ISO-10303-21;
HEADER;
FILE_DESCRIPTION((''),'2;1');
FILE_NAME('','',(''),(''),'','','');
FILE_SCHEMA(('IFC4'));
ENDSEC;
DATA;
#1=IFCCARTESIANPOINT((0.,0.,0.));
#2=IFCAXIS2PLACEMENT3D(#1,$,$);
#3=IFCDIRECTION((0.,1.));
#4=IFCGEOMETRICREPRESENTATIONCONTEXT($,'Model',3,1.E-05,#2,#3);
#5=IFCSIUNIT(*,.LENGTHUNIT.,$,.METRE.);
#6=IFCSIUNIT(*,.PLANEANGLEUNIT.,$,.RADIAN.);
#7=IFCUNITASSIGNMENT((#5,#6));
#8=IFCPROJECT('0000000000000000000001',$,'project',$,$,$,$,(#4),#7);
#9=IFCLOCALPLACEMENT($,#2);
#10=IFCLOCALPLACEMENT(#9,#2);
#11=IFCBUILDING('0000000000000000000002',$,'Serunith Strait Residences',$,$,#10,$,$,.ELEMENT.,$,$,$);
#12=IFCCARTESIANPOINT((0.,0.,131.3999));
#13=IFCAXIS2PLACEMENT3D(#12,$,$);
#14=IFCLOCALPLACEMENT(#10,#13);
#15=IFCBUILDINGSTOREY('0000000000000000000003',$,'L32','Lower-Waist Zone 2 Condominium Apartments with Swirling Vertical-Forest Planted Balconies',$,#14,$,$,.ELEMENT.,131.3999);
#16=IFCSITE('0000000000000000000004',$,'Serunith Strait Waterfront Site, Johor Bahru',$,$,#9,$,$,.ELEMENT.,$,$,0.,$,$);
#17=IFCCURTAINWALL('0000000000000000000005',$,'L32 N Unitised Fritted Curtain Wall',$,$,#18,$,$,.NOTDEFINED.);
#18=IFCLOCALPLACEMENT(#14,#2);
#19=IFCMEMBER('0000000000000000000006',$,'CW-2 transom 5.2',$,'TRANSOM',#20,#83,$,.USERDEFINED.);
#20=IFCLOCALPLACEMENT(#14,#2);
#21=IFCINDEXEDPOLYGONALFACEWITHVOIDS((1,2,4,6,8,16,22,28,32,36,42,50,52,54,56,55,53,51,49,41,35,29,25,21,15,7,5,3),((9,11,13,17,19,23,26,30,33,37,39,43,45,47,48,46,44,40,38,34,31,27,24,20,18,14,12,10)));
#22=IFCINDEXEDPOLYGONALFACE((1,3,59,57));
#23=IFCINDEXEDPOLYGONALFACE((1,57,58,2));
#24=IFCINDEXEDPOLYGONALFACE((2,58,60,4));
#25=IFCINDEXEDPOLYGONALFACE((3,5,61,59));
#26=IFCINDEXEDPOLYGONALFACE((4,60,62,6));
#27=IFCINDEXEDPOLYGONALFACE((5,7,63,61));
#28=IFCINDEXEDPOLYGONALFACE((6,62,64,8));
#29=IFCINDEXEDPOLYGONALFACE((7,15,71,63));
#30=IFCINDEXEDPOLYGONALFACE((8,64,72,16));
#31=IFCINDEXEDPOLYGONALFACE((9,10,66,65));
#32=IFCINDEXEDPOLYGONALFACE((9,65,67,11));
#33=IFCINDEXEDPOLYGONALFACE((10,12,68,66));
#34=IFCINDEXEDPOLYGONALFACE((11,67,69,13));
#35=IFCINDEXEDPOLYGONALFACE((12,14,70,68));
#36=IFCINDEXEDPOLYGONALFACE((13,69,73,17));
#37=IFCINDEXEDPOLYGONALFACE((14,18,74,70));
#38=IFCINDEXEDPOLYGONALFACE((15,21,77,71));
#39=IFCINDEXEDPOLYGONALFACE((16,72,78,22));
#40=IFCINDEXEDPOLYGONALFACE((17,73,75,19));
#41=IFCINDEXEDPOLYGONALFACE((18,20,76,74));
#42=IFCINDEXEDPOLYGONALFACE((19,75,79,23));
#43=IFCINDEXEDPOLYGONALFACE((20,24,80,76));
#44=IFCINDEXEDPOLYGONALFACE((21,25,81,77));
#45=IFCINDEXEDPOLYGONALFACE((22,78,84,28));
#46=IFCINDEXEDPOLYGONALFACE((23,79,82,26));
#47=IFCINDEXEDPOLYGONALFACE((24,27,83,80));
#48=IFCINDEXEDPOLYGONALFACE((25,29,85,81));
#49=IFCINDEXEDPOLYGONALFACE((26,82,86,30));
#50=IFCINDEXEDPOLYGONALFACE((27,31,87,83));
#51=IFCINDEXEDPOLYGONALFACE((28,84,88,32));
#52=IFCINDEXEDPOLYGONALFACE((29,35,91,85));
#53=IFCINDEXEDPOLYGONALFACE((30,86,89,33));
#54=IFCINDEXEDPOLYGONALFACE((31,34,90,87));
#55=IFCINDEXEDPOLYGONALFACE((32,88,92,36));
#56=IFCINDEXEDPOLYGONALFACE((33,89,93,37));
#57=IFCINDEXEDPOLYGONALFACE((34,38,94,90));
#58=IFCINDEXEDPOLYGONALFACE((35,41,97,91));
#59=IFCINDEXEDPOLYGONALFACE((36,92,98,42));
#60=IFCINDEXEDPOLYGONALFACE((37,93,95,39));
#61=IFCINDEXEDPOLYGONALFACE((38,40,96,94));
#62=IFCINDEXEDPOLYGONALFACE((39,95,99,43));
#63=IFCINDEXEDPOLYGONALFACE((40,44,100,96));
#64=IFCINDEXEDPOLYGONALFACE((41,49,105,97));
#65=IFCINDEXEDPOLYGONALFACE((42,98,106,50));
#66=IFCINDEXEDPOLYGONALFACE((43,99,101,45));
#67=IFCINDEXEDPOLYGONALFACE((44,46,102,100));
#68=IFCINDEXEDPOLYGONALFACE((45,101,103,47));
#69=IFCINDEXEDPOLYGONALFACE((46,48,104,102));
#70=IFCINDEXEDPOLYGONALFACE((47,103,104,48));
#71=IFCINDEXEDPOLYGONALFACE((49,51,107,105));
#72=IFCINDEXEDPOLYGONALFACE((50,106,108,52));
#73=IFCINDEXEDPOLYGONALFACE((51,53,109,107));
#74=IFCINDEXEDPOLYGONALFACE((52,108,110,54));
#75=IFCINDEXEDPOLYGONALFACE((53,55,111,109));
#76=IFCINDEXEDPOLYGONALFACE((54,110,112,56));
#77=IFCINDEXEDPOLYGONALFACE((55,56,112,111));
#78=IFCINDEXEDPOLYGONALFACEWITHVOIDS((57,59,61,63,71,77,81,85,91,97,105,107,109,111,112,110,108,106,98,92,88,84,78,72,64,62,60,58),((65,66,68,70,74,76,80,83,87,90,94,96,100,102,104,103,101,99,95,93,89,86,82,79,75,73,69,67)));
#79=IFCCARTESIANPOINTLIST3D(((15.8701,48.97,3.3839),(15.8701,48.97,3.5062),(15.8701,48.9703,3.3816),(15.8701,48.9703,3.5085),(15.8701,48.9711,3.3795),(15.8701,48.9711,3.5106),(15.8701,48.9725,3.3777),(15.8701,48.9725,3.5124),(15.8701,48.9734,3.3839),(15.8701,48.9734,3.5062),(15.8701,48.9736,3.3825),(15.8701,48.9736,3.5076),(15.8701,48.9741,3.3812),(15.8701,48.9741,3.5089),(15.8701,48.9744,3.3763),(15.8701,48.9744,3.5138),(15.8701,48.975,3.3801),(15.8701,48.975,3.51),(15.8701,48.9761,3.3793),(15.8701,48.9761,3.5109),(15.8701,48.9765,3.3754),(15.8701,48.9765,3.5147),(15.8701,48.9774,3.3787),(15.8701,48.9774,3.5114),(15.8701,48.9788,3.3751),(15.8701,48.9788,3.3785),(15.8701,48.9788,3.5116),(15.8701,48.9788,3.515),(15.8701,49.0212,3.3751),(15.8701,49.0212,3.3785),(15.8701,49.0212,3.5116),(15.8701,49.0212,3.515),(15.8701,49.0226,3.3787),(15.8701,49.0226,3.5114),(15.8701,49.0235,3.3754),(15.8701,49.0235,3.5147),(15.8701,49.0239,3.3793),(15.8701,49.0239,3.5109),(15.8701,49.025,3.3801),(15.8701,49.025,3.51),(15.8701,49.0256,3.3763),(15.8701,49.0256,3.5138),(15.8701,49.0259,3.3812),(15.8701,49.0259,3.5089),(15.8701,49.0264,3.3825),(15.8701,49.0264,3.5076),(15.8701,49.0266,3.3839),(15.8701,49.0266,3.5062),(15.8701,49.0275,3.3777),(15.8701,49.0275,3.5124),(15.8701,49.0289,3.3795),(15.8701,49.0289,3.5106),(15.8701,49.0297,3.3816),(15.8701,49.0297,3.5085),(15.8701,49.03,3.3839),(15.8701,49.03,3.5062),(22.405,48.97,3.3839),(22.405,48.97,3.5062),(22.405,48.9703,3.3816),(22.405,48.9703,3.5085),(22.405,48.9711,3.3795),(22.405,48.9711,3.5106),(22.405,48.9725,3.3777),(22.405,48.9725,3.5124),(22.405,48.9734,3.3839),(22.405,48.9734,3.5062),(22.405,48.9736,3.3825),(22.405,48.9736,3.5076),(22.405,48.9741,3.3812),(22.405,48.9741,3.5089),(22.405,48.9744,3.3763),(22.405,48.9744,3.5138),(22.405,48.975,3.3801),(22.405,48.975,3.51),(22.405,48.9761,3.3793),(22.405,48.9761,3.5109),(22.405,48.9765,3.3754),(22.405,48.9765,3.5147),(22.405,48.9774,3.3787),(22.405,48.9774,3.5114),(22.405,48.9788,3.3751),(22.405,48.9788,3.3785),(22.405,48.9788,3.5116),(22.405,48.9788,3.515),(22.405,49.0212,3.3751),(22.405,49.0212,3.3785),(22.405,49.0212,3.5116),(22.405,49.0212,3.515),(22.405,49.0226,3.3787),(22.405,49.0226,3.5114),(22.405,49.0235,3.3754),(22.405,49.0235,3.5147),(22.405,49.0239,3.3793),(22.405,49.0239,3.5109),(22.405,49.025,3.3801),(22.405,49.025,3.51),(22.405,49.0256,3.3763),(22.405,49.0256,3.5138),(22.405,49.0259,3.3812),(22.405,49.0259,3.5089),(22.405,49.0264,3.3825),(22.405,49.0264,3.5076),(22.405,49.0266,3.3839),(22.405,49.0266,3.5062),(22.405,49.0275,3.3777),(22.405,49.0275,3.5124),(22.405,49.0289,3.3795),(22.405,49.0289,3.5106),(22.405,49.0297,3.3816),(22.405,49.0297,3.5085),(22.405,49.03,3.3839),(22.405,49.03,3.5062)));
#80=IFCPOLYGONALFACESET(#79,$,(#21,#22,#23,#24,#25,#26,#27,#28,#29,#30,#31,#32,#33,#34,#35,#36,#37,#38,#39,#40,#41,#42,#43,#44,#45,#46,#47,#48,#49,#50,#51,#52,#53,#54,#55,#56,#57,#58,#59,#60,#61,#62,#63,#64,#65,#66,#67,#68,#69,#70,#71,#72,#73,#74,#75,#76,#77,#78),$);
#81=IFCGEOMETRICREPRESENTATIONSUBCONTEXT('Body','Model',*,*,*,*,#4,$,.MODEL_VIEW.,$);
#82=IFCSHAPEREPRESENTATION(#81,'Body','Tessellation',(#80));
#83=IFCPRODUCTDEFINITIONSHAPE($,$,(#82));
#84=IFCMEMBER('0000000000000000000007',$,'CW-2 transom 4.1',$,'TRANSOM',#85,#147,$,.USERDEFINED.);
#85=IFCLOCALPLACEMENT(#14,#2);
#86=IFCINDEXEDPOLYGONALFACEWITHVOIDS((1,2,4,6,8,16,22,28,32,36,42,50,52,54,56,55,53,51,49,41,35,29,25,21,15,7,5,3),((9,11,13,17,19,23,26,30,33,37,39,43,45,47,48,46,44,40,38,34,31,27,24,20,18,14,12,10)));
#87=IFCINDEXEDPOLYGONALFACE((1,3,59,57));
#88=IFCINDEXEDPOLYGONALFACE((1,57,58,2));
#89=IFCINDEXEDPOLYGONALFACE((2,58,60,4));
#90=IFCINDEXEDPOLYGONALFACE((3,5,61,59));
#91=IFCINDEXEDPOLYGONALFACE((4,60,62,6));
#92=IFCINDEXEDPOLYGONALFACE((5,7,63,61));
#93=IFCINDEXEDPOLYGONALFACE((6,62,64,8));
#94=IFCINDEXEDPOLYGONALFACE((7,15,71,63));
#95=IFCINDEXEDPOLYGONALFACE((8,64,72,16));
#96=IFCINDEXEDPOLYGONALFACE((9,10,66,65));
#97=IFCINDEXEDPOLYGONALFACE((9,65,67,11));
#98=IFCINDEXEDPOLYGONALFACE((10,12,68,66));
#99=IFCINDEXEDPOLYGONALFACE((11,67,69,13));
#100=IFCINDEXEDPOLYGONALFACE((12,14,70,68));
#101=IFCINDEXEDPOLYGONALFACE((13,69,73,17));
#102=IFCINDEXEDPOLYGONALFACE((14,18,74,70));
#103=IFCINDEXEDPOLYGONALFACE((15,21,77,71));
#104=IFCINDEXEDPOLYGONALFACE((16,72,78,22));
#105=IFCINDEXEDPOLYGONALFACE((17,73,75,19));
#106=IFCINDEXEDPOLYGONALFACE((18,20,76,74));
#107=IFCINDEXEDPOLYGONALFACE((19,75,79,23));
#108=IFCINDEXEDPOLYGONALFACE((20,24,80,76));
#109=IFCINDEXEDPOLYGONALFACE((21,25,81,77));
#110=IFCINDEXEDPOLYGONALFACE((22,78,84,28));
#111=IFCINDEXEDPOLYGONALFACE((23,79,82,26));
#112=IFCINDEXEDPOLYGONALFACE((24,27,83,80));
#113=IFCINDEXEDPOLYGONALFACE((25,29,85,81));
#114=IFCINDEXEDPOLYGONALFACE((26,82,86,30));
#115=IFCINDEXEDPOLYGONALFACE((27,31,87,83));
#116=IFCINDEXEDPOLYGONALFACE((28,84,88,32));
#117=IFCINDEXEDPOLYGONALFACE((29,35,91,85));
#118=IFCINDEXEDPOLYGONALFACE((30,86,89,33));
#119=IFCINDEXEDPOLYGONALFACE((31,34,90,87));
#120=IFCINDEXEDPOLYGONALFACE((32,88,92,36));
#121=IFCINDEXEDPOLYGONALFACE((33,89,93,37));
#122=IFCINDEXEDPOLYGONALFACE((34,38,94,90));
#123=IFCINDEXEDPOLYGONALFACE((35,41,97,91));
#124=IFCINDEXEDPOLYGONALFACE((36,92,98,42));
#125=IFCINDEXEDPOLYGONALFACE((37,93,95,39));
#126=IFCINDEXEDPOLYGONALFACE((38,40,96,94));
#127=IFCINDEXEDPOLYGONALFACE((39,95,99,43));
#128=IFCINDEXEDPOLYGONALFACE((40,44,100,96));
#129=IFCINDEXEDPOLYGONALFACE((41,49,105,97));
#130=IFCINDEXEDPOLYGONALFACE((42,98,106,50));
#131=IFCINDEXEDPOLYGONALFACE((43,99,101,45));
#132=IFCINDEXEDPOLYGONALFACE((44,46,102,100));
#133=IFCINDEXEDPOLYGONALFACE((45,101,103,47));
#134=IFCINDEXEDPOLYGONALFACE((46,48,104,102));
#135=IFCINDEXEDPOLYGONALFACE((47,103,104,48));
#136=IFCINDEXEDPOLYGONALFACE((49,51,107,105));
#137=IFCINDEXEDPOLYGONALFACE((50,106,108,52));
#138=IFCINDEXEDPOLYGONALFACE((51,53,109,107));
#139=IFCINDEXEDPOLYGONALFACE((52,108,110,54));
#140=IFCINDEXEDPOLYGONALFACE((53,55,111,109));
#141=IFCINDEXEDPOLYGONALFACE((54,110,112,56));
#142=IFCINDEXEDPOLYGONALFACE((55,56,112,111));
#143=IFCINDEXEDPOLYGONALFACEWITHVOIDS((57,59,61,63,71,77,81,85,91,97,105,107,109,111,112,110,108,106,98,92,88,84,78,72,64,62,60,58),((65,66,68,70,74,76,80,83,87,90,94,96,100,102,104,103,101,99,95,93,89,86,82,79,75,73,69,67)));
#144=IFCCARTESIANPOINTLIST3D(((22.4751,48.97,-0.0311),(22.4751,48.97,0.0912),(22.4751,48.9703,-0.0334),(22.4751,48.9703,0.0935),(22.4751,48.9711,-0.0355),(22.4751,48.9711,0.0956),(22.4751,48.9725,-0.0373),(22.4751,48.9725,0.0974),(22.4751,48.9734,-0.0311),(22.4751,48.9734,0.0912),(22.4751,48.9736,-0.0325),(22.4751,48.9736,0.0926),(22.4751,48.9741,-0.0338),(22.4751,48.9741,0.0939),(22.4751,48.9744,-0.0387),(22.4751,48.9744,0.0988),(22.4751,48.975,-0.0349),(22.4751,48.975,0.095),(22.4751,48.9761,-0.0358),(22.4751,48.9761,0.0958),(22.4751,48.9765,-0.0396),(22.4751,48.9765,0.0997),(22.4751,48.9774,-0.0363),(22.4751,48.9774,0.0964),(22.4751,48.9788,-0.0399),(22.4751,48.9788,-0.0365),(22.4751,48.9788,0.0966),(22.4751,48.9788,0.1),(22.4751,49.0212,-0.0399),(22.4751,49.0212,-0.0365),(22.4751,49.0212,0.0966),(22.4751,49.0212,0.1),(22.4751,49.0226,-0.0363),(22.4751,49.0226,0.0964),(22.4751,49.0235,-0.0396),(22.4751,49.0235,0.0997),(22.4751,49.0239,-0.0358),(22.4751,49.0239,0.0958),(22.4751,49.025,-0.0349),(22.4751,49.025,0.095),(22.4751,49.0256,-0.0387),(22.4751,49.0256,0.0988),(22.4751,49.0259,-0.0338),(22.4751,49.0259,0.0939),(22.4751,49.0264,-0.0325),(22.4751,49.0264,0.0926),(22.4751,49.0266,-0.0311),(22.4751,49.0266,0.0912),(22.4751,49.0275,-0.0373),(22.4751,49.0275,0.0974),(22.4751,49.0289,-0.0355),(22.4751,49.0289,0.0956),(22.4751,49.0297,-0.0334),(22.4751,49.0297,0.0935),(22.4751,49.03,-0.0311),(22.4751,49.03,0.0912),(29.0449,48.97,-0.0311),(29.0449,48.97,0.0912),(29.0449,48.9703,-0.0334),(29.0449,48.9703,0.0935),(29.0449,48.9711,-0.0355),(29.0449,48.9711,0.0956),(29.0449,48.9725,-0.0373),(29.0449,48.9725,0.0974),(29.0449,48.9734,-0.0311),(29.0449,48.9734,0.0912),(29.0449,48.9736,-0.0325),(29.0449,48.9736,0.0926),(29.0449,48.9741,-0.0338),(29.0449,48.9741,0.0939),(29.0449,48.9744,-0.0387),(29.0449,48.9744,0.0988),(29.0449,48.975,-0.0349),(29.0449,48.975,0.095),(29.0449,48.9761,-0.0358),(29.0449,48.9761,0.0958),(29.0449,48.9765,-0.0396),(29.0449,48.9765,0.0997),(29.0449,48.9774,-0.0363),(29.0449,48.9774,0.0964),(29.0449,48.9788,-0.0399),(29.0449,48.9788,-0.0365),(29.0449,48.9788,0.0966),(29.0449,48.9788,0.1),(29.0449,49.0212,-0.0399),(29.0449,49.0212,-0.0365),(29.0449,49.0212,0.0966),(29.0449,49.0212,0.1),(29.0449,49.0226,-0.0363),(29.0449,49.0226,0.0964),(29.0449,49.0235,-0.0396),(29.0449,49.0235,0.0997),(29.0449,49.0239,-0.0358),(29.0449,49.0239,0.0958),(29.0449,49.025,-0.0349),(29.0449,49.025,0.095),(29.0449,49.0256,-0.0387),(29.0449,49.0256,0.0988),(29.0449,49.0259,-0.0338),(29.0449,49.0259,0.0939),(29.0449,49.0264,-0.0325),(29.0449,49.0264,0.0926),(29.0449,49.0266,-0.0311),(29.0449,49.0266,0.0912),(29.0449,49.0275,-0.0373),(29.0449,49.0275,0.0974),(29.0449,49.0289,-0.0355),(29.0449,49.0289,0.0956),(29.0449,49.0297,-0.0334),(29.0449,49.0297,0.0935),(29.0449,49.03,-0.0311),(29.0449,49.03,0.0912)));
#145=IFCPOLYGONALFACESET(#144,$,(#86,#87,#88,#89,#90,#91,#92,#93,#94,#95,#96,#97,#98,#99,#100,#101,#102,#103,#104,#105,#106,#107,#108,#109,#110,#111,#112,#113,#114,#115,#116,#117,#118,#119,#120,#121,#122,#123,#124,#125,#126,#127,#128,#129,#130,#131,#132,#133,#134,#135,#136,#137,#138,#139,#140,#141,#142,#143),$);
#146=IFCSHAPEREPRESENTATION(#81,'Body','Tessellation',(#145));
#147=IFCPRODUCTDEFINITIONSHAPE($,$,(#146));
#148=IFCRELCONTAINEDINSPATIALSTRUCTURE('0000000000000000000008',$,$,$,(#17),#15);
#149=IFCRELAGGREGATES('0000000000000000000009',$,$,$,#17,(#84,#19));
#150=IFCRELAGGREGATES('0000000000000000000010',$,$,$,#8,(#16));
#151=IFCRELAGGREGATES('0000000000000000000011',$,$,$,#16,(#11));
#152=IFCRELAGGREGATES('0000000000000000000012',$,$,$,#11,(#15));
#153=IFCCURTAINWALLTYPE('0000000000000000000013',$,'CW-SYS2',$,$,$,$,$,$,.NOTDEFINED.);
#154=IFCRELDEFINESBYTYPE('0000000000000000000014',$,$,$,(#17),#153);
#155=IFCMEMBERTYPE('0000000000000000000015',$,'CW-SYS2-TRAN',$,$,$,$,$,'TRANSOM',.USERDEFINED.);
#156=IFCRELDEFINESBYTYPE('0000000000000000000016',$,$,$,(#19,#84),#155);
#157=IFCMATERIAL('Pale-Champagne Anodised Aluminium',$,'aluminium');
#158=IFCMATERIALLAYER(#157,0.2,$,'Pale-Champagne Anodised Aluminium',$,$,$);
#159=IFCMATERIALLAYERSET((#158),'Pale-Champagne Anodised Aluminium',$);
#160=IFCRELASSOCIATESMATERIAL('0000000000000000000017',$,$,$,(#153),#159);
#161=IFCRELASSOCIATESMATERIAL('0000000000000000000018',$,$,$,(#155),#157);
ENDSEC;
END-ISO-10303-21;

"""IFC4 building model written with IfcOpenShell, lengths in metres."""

from ifc_helpers import new_model, si_unit, direction, frame, origin, origin_2d, place, context, subcontext, project, spatial, hollow_rectangle, extrude, source, transform, mapped, material, layer, layer_set, material_profile, profile_set, type_object, element, aggregate, save


model = new_model("IFC4")

# Units and contexts
model_context = context("Model", 3, precision=1e-05, world=origin(), true_north=direction((0.0, 1.0)))
body_context = subcontext(model_context, "Body", "Model", "MODEL_VIEW")
ifc_project = project(units=[si_unit("LENGTHUNIT", "METRE"), si_unit("PLANEANGLEUNIT", "RADIAN")], contexts=[model_context])

# Site, building, storey
site_placement = place(None, origin())
site = spatial("IfcSite", under=ifc_project, at=site_placement, Name="Serunith Strait Waterfront Site, Johor Bahru", CompositionType="ELEMENT", RefElevation=0.0)
building_placement = place(site_placement, origin())
building = spatial("IfcBuilding", under=site, at=building_placement, Name="Serunith Strait Residences", CompositionType="ELEMENT")
storey_placement = place(building_placement, frame((0.0, 0.0, 131.3999)))
storey = spatial("IfcBuildingStorey", under=building, at=storey_placement, Name="L32", Description="Lower-Waist Zone 2 Condominium Apartments with Swirling Vertical-Forest Planted Balconies", CompositionType="ELEMENT", Elevation=131.3999)

# Curtain wall, members
ifc_material_1 = material(Name="Pale-Champagne Anodised Aluminium", Category="aluminium")
ifc_layer_1 = layer(ifc_material_1, 0.2, Name="Pale-Champagne Anodised Aluminium")
ifc_layer_set_1 = layer_set([ifc_layer_1], Name="Pale-Champagne Anodised Aluminium")
curtain_wall_type = type_object("IfcCurtainWallType", Name="CW-SYS2", PredefinedType="NOTDEFINED", material=ifc_layer_set_1)
curtain_wall_placement = place(storey_placement, origin())
curtain_wall = element("IfcCurtainWall", 1, at=curtain_wall_placement, inside=storey, type_object=curtain_wall_type, Name="L32 N Unitised Fritted Curtain Wall", PredefinedType="NOTDEFINED")
ifc_material_profile_1 = material_profile(ifc_material_1, hollow_rectangle(XDim=0.0601, YDim=0.1399, WallThickness=0.0034, InnerFilletRadius=0.0054, OuterFilletRadius=0.0088, at=origin_2d()), Name="ALU 140x60x3.5")
ifc_profile_set_1 = profile_set([ifc_material_profile_1], Name="Pale-Champagne Anodised Aluminium")
member_type_1 = type_object("IfcMemberType", Name="CW-SYS2-TRAN", ElementType="TRANSOM", PredefinedType="USERDEFINED", material=ifc_profile_set_1)
shared_shape_1 = source(origin(), body_context, "Body", "SweptSolid", [
    extrude(hollow_rectangle(XDim=0.0601, YDim=0.1399, WallThickness=0.0034, InnerFilletRadius=0.0054, OuterFilletRadius=0.0088, at=origin_2d()), origin(), (0.0, 0.0, 1.0), 6.5349),
])
member_1_placement = place(storey_placement, frame((22.405, 49.0, 3.4451), z_axis=(-1.0, 0.0, 0.0), x_axis=(0.0, -1.0, 0.0)))
member_1 = element("IfcMember", 2, at=member_1_placement, type_object=member_type_1, Name="CW-2 transom 5.2", ObjectType="TRANSOM", PredefinedType="USERDEFINED", context=body_context, shape_type="MappedRepresentation", body=[
    mapped(shared_shape_1, transform((0.0, 0.0, 0.0), scale=1.0)),
])
shared_shape_2 = source(origin(), body_context, "Body", "SweptSolid", [
    extrude(hollow_rectangle(XDim=0.0601, YDim=0.1399, WallThickness=0.0034, InnerFilletRadius=0.0054, OuterFilletRadius=0.0088, at=origin_2d()), origin(), (0.0, 0.0, 1.0), 6.5698),
])
member_2_placement = place(storey_placement, frame((29.0449, 49.0, 0.03), z_axis=(-1.0, 0.0, 0.0), x_axis=(0.0, -1.0, 0.0)))
member_2 = element("IfcMember", 3, at=member_2_placement, type_object=member_type_1, Name="CW-2 transom 4.1", ObjectType="TRANSOM", PredefinedType="USERDEFINED", context=body_context, shape_type="MappedRepresentation", body=[
    mapped(shared_shape_2, transform((0.0, 0.0, 0.0), scale=1.0)),
])
aggregate(curtain_wall, [member_2, member_1])

save(model, "model.ifc")
